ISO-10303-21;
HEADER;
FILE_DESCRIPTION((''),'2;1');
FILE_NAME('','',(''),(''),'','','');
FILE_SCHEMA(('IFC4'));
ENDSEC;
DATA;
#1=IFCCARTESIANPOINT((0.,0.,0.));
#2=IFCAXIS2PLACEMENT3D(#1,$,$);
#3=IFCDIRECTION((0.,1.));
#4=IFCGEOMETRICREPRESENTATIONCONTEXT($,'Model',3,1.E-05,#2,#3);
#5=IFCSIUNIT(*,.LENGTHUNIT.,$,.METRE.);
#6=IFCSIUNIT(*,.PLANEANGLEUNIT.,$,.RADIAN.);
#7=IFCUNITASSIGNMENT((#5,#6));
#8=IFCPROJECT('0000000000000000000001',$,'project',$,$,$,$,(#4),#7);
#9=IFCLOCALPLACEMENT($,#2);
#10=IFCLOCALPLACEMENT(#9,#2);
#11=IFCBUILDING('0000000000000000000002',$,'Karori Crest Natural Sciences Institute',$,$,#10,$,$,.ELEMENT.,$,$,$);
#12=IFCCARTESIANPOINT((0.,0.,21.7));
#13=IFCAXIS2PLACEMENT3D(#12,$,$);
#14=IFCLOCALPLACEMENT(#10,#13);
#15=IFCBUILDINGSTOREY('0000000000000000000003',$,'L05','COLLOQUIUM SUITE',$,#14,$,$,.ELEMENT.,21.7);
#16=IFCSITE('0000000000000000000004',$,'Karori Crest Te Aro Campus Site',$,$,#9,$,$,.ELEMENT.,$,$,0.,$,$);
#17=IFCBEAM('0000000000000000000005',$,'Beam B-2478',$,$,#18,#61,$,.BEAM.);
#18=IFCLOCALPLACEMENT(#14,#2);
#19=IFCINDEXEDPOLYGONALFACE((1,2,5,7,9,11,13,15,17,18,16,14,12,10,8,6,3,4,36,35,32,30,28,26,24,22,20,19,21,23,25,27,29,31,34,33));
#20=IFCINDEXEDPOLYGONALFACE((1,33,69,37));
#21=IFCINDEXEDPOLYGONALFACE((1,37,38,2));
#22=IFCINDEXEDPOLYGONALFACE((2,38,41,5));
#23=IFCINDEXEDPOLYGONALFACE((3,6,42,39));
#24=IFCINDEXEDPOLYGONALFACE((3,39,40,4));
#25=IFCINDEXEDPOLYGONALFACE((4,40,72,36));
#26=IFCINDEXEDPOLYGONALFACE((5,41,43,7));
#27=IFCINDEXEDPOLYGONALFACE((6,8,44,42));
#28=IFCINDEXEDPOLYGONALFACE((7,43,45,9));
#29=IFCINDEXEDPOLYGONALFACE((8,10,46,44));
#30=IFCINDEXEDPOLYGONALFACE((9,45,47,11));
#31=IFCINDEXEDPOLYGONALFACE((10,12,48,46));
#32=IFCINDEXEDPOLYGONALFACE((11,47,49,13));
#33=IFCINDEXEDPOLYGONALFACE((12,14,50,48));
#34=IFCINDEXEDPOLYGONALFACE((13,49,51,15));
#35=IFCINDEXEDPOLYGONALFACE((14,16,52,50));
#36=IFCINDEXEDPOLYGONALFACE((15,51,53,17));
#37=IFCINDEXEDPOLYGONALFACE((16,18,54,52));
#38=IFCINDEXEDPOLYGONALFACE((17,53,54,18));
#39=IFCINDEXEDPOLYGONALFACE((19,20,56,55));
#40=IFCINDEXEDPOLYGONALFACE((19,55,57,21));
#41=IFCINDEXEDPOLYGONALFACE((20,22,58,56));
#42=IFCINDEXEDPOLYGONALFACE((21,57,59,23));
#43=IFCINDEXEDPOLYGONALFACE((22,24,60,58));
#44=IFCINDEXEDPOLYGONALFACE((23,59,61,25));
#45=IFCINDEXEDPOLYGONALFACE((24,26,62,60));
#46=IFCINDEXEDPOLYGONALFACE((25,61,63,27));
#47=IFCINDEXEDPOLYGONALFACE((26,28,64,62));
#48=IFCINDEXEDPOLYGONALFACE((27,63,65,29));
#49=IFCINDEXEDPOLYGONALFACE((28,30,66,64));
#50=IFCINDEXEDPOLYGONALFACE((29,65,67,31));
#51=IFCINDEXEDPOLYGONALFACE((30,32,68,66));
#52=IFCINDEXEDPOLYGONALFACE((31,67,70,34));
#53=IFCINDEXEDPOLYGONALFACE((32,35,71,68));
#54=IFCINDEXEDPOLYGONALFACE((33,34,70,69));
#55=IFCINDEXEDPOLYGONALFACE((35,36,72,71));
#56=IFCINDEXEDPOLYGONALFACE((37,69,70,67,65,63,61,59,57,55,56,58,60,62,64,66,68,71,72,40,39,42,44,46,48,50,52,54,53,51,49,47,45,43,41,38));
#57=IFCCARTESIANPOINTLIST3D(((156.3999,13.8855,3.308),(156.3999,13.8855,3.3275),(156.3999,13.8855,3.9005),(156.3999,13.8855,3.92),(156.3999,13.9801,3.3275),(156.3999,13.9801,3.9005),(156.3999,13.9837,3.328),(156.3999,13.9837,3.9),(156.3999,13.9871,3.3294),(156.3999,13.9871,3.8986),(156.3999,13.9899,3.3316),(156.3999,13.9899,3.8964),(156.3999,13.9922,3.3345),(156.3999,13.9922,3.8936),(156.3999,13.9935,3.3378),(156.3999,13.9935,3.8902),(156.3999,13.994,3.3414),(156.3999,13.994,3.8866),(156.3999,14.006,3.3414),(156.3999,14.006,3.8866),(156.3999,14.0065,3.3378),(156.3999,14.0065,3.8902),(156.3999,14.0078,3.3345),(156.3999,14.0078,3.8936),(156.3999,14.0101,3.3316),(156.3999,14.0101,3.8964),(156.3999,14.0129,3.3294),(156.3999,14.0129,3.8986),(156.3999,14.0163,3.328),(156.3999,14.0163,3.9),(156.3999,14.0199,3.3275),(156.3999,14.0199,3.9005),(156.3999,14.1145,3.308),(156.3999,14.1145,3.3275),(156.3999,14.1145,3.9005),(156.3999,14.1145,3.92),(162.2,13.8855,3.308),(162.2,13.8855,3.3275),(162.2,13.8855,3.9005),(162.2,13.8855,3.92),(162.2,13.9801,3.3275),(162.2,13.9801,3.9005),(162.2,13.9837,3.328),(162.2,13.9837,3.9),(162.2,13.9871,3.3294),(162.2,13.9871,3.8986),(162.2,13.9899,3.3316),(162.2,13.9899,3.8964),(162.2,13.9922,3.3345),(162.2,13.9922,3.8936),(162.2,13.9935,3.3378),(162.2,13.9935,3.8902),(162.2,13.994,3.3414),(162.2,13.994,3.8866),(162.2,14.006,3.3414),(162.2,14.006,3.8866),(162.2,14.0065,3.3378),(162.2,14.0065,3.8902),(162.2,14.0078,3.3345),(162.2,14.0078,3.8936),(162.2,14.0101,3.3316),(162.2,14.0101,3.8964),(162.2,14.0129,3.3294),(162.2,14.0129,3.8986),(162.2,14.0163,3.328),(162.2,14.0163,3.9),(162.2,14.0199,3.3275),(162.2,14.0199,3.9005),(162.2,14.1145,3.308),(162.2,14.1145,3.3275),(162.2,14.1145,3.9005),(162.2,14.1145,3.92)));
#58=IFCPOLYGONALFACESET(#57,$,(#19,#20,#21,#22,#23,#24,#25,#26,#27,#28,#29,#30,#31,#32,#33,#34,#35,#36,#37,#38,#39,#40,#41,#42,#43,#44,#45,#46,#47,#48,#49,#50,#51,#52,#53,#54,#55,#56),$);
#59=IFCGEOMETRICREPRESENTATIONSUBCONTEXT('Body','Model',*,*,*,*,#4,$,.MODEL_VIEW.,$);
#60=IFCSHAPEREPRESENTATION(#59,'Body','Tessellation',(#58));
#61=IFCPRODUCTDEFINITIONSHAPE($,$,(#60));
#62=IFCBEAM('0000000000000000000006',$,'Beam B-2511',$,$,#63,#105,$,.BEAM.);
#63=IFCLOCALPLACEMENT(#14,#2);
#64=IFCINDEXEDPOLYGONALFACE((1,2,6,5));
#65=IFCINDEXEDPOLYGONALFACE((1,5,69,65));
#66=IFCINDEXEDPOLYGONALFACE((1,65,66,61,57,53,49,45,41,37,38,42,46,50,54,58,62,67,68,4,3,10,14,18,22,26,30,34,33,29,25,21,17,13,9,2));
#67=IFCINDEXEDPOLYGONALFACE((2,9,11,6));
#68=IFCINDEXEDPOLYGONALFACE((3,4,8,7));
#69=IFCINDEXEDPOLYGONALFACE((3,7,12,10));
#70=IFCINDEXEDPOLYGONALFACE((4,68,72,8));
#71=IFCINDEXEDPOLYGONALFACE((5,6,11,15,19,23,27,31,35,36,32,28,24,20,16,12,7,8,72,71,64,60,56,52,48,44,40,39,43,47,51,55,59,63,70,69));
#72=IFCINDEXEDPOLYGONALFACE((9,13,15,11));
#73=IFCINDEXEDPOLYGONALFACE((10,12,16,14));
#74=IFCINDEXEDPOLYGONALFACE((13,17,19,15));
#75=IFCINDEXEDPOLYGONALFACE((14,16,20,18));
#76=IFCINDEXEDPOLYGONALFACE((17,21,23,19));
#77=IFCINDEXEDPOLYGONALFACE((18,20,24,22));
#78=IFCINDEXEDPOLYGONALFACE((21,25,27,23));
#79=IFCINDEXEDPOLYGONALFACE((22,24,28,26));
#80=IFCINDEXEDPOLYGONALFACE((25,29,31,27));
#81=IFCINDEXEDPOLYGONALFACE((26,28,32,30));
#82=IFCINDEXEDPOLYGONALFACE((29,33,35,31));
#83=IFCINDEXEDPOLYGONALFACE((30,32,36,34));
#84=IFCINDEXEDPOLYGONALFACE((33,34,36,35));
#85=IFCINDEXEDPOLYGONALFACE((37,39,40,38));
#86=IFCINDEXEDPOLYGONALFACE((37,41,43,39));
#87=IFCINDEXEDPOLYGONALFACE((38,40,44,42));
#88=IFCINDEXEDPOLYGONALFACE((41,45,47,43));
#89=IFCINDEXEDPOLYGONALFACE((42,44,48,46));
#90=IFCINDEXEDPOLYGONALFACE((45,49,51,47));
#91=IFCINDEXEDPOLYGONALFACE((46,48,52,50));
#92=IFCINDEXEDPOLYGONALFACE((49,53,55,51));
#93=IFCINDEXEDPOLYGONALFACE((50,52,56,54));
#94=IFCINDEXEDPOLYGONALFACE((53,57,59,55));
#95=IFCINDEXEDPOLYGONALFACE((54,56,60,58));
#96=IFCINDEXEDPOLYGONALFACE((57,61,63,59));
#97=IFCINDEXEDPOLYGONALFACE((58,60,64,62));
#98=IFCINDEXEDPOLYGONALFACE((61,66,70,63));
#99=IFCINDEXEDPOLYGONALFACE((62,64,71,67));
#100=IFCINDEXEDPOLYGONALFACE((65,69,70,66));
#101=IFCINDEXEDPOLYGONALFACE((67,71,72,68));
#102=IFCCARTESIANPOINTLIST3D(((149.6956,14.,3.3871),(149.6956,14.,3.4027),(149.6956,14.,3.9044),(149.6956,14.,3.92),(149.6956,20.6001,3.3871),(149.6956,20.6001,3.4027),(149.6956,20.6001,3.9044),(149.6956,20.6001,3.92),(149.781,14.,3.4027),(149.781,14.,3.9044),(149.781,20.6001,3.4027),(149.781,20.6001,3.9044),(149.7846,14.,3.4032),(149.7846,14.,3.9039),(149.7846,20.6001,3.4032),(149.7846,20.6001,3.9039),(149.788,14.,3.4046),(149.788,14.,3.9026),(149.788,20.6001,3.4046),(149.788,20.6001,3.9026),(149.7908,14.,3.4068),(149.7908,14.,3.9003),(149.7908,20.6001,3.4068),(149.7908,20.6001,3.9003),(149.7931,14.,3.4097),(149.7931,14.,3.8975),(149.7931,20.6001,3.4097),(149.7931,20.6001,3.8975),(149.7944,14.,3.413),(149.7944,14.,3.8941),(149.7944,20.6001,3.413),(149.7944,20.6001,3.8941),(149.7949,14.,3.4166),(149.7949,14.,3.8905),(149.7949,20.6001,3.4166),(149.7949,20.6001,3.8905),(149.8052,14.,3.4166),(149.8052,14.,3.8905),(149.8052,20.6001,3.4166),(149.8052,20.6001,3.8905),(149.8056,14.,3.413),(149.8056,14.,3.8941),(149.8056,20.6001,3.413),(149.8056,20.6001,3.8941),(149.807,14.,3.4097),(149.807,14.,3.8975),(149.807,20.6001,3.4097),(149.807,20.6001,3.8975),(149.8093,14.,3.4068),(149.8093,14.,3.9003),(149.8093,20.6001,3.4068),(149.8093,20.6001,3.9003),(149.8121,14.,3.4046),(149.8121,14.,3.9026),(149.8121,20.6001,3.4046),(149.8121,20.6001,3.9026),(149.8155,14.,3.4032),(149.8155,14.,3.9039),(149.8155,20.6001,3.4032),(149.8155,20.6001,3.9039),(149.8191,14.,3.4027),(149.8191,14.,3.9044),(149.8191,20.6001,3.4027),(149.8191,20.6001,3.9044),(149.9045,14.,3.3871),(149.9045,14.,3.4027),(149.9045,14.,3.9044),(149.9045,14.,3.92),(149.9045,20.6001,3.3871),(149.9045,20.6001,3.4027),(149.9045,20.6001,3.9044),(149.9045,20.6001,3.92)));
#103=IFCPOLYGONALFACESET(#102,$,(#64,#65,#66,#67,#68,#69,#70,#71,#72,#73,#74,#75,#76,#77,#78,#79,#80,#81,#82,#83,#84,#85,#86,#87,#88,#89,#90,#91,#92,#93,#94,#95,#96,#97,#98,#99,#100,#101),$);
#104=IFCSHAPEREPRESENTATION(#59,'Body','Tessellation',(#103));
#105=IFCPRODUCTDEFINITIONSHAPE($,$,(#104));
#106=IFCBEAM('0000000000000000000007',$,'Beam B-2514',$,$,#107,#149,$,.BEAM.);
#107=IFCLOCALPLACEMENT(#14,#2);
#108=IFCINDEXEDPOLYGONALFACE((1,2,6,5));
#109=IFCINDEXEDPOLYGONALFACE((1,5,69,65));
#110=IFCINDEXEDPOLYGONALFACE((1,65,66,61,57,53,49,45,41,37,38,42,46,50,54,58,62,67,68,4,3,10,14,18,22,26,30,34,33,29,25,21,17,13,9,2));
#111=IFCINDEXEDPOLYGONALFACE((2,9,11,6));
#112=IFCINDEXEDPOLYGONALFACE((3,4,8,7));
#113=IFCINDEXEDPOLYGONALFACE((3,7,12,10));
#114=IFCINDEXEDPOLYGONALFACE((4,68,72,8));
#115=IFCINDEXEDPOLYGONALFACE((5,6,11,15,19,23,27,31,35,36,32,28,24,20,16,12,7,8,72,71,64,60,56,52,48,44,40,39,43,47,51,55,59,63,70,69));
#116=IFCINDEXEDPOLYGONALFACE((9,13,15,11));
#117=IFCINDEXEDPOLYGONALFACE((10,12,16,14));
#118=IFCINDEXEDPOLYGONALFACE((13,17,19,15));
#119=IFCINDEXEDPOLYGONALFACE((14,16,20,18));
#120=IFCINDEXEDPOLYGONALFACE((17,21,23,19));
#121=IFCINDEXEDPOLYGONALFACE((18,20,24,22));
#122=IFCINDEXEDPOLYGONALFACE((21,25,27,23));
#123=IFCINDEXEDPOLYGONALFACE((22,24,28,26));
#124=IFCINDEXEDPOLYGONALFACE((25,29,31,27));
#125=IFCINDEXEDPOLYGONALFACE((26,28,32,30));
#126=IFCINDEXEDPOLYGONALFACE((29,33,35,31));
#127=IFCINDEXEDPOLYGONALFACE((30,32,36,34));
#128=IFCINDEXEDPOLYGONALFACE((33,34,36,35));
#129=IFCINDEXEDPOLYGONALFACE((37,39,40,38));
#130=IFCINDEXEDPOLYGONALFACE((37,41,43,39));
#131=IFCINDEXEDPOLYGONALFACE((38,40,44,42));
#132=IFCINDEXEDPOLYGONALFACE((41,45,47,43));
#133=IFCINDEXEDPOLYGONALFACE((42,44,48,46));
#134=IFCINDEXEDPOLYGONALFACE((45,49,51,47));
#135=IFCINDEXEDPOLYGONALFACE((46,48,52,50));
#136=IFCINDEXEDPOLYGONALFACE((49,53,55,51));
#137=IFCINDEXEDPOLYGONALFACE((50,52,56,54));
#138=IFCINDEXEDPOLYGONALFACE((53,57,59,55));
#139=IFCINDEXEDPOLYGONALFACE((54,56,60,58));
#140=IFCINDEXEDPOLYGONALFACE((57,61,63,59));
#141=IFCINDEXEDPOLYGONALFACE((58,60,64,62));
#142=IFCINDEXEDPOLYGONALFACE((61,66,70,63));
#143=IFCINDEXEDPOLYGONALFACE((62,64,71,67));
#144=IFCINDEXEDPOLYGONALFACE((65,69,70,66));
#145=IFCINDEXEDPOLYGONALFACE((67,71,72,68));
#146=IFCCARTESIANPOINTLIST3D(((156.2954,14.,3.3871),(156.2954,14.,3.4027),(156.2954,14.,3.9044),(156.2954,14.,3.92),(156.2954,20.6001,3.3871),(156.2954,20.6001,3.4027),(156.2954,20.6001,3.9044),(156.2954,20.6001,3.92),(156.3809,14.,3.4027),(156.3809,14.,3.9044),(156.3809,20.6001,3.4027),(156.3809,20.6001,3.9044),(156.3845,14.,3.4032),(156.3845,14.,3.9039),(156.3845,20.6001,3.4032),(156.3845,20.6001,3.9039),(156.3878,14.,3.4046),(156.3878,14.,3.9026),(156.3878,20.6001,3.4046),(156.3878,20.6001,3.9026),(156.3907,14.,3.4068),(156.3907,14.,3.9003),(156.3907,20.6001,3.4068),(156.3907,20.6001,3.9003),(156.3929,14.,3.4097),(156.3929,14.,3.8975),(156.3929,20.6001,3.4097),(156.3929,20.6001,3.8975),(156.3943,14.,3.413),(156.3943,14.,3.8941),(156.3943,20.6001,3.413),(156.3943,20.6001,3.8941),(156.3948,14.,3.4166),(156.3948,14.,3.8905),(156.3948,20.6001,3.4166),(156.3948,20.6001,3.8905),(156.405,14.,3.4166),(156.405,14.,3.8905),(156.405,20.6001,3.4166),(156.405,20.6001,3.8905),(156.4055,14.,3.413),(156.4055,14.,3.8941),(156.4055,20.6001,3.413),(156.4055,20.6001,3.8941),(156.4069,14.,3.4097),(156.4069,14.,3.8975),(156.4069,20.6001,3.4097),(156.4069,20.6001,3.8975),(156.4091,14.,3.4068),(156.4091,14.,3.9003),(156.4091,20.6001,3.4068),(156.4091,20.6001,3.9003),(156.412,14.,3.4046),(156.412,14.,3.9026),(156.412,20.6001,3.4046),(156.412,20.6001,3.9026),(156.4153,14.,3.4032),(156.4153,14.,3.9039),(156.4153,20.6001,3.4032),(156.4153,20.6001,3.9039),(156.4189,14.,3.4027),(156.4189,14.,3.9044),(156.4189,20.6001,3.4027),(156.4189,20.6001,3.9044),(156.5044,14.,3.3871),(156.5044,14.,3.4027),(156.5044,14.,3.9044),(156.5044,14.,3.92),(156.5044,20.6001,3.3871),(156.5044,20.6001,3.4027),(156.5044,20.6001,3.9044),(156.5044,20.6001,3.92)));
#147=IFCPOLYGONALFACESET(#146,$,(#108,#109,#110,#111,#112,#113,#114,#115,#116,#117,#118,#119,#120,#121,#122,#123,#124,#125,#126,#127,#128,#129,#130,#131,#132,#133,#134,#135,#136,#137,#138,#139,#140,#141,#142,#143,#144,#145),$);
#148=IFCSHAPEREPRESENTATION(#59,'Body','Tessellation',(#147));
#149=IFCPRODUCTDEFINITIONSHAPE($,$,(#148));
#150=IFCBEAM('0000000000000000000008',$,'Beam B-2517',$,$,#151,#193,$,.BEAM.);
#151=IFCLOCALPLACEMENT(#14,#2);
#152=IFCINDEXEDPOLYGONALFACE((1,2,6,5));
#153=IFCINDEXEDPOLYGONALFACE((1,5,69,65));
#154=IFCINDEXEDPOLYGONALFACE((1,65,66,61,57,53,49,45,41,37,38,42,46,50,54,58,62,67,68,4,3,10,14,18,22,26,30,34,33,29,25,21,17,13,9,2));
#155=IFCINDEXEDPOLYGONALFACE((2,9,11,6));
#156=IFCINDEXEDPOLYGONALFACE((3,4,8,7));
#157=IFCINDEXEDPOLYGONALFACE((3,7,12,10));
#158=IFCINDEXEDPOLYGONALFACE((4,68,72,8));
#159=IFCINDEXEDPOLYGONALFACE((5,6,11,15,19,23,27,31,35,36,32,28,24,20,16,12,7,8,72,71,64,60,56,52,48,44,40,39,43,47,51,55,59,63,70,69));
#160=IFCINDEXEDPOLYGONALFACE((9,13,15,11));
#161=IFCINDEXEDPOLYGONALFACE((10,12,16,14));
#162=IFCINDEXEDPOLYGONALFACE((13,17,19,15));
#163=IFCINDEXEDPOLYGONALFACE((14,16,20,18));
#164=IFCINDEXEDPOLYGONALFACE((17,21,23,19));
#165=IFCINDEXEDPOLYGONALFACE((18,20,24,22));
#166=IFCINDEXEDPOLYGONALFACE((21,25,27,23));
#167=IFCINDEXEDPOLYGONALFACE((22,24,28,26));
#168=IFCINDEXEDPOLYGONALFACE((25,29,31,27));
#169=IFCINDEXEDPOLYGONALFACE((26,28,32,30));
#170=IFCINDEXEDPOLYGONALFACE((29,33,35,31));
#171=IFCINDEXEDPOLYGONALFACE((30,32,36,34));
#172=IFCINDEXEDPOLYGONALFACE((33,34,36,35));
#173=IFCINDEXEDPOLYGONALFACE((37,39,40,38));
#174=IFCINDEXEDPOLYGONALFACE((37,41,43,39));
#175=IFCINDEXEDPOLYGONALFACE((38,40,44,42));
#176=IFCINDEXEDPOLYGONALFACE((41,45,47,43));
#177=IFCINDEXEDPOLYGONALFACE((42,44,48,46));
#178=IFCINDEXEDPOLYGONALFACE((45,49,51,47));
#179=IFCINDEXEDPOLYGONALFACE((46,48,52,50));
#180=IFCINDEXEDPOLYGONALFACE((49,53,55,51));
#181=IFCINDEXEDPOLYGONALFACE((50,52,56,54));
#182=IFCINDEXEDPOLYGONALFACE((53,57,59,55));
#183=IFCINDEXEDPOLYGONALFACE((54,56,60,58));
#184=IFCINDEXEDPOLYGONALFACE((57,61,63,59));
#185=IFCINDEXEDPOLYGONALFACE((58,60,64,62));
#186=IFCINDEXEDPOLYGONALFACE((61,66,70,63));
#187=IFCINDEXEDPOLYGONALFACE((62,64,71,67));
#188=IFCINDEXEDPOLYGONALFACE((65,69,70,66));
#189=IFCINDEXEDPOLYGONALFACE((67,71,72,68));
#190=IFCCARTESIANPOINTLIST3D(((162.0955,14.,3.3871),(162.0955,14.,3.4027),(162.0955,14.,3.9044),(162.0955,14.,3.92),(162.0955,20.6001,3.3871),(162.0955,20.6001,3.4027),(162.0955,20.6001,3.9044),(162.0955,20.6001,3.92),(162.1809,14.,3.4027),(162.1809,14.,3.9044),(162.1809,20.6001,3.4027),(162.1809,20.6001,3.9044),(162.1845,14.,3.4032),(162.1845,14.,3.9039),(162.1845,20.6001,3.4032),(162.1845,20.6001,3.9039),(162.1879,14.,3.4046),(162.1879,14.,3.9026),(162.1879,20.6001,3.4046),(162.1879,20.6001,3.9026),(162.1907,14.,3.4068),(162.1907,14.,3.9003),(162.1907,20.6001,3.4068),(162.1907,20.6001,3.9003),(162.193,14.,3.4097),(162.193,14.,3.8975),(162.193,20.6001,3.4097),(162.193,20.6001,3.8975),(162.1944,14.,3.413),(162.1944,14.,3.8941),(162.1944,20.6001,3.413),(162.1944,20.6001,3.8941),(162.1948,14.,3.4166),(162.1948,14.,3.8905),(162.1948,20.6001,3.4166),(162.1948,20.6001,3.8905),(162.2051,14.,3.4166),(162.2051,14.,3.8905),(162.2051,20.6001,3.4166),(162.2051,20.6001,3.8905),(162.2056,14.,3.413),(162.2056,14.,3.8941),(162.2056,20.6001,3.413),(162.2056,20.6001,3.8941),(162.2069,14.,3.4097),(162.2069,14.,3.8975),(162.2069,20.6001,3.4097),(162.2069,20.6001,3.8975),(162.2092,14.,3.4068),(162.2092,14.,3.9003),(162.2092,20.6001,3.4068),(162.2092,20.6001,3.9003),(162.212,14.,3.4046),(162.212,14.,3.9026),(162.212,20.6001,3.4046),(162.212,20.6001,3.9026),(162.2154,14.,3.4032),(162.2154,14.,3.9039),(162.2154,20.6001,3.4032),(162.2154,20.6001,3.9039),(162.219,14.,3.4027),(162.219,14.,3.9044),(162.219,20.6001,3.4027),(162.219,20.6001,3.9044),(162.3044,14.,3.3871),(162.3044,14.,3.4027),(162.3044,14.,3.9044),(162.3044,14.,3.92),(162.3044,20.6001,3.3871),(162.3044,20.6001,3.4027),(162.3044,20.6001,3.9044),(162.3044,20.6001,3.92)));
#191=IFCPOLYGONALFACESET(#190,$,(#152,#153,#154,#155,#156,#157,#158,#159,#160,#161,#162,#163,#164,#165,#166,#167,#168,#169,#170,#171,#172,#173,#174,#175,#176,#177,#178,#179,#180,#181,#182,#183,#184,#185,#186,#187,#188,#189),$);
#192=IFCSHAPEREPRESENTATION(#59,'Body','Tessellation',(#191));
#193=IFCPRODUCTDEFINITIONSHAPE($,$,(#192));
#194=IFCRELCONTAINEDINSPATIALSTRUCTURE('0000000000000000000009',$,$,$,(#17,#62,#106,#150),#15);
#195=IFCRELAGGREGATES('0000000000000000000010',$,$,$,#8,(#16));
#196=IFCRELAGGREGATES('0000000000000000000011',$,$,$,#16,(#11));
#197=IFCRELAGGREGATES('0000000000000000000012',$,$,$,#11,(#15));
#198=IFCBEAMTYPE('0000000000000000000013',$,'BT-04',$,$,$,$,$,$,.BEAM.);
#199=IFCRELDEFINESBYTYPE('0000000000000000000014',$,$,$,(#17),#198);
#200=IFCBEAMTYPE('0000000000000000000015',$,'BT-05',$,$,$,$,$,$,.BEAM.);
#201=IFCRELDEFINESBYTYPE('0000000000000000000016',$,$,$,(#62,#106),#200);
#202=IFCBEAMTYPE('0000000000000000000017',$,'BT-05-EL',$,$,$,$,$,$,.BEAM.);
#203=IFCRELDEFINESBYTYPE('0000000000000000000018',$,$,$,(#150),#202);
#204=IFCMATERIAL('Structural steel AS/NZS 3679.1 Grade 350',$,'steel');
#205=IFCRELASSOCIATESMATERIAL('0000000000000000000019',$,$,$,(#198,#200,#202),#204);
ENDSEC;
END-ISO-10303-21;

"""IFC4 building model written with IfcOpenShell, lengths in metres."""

from ifc_helpers import new_model, si_unit, direction, frame, origin, origin_2d, place, context, subcontext, project, spatial, i_section, extrude, material, material_profile, profile_set, type_object, element, save


model = new_model("IFC4")

# Units and contexts
model_context = context("Model", 3, precision=1e-05, world=origin(), true_north=direction((0.0, 1.0)))
body_context = subcontext(model_context, "Body", "Model", "MODEL_VIEW")
ifc_project = project(units=[si_unit("LENGTHUNIT", "METRE"), si_unit("PLANEANGLEUNIT", "RADIAN")], contexts=[model_context])

# Site, building, storey
site_placement = place(None, origin())
site = spatial("IfcSite", under=ifc_project, at=site_placement, Name="Karori Crest Te Aro Campus Site", CompositionType="ELEMENT", RefElevation=0.0)
building_placement = place(site_placement, origin())
building = spatial("IfcBuilding", under=site, at=building_placement, Name="Karori Crest Natural Sciences Institute", CompositionType="ELEMENT")
storey_placement = place(building_placement, frame((0.0, 0.0, 21.7)))
storey = spatial("IfcBuildingStorey", under=building, at=storey_placement, Name="L05", Description="COLLOQUIUM SUITE", CompositionType="ELEMENT", Elevation=21.7)

# Shared definitions
ifc_material_1 = material(Name="Structural steel AS/NZS 3679.1 Grade 350", Category="steel")

# Beams
ifc_material_profile_1 = material_profile(ifc_material_1, i_section(OverallWidth=0.229, OverallDepth=0.6121, WebThickness=0.012, FlangeThickness=0.0195, FilletRadius=0.0139, at=origin_2d()), Name="610UB125")
ifc_profile_set_1 = profile_set([ifc_material_profile_1], Name="Structural steel AS/NZS 3679.1 Grade 350")
beam_type_1 = type_object("IfcBeamType", Name="BT-04", PredefinedType="BEAM", material=ifc_profile_set_1)
beam_1_placement = place(storey_placement, frame((156.3999, 14.0, 3.614), z_axis=(1.0, 0.0, 0.0), x_axis=(0.0, 1.0, 0.0)))
element("IfcBeam", 1, at=beam_1_placement, inside=storey, type_object=beam_type_1, Name="Beam B-2478", PredefinedType="BEAM", context=body_context, shape_type="SweptSolid", body=[
    extrude(i_section(OverallWidth=0.229, OverallDepth=0.6121, WebThickness=0.012, FlangeThickness=0.0195, FilletRadius=0.0139, at=origin_2d()), origin(), (0.0, 0.0, 1.0), 5.8),
])
ifc_material_profile_2 = material_profile(ifc_material_1, i_section(OverallWidth=0.209, OverallDepth=0.533, WebThickness=0.0103, FlangeThickness=0.0156, FilletRadius=0.0139, at=origin_2d()), Name="530UB92.4")
ifc_profile_set_2 = profile_set([ifc_material_profile_2], Name="Structural steel AS/NZS 3679.1 Grade 350")
beam_type_2 = type_object("IfcBeamType", Name="BT-05", PredefinedType="BEAM", material=ifc_profile_set_2)
for number, where, z_axis, x_axis, name in (
    (2, (149.8, 14.0, 3.6536), (0.0, 1.0, 0.0), (-1.0, 0.0, 0.0), "Beam B-2511"),
    (3, (156.3999, 14.0, 3.6536), (0.0, 1.0, 0.0), (-1.0, 0.0, 0.0), "Beam B-2514"),
):
    element("IfcBeam", number, at=place(storey_placement, frame(where, z_axis=z_axis, x_axis=x_axis)), inside=storey, type_object=beam_type_2, Name=name, PredefinedType="BEAM", context=body_context, shape_type="SweptSolid", body=[
        extrude(i_section(OverallWidth=0.209, OverallDepth=0.533, WebThickness=0.0103, FlangeThickness=0.0156, FilletRadius=0.0139, at=origin_2d()), origin(), (0.0, 0.0, 1.0), 6.6001),
    ])
ifc_material_profile_3 = material_profile(ifc_material_1, i_section(OverallWidth=0.209, OverallDepth=0.533, WebThickness=0.0103, FlangeThickness=0.0156, FilletRadius=0.0139, at=origin_2d()), Name="530UB92.4")
ifc_profile_set_3 = profile_set([ifc_material_profile_3], Name="Structural steel AS/NZS 3679.1 Grade 350")
beam_type_3 = type_object("IfcBeamType", Name="BT-05-EL", PredefinedType="BEAM", material=ifc_profile_set_3)
beam_2_placement = place(storey_placement, frame((162.2, 14.0, 3.6536), z_axis=(0.0, 1.0, 0.0), x_axis=(-1.0, 0.0, 0.0)))
element("IfcBeam", 4, at=beam_2_placement, inside=storey, type_object=beam_type_3, Name="Beam B-2517", PredefinedType="BEAM", context=body_context, shape_type="SweptSolid", body=[
    extrude(i_section(OverallWidth=0.209, OverallDepth=0.533, WebThickness=0.0103, FlangeThickness=0.0156, FilletRadius=0.0139, at=origin_2d()), origin(), (0.0, 0.0, 1.0), 6.6001),
])

save(model, "model.ifc")
